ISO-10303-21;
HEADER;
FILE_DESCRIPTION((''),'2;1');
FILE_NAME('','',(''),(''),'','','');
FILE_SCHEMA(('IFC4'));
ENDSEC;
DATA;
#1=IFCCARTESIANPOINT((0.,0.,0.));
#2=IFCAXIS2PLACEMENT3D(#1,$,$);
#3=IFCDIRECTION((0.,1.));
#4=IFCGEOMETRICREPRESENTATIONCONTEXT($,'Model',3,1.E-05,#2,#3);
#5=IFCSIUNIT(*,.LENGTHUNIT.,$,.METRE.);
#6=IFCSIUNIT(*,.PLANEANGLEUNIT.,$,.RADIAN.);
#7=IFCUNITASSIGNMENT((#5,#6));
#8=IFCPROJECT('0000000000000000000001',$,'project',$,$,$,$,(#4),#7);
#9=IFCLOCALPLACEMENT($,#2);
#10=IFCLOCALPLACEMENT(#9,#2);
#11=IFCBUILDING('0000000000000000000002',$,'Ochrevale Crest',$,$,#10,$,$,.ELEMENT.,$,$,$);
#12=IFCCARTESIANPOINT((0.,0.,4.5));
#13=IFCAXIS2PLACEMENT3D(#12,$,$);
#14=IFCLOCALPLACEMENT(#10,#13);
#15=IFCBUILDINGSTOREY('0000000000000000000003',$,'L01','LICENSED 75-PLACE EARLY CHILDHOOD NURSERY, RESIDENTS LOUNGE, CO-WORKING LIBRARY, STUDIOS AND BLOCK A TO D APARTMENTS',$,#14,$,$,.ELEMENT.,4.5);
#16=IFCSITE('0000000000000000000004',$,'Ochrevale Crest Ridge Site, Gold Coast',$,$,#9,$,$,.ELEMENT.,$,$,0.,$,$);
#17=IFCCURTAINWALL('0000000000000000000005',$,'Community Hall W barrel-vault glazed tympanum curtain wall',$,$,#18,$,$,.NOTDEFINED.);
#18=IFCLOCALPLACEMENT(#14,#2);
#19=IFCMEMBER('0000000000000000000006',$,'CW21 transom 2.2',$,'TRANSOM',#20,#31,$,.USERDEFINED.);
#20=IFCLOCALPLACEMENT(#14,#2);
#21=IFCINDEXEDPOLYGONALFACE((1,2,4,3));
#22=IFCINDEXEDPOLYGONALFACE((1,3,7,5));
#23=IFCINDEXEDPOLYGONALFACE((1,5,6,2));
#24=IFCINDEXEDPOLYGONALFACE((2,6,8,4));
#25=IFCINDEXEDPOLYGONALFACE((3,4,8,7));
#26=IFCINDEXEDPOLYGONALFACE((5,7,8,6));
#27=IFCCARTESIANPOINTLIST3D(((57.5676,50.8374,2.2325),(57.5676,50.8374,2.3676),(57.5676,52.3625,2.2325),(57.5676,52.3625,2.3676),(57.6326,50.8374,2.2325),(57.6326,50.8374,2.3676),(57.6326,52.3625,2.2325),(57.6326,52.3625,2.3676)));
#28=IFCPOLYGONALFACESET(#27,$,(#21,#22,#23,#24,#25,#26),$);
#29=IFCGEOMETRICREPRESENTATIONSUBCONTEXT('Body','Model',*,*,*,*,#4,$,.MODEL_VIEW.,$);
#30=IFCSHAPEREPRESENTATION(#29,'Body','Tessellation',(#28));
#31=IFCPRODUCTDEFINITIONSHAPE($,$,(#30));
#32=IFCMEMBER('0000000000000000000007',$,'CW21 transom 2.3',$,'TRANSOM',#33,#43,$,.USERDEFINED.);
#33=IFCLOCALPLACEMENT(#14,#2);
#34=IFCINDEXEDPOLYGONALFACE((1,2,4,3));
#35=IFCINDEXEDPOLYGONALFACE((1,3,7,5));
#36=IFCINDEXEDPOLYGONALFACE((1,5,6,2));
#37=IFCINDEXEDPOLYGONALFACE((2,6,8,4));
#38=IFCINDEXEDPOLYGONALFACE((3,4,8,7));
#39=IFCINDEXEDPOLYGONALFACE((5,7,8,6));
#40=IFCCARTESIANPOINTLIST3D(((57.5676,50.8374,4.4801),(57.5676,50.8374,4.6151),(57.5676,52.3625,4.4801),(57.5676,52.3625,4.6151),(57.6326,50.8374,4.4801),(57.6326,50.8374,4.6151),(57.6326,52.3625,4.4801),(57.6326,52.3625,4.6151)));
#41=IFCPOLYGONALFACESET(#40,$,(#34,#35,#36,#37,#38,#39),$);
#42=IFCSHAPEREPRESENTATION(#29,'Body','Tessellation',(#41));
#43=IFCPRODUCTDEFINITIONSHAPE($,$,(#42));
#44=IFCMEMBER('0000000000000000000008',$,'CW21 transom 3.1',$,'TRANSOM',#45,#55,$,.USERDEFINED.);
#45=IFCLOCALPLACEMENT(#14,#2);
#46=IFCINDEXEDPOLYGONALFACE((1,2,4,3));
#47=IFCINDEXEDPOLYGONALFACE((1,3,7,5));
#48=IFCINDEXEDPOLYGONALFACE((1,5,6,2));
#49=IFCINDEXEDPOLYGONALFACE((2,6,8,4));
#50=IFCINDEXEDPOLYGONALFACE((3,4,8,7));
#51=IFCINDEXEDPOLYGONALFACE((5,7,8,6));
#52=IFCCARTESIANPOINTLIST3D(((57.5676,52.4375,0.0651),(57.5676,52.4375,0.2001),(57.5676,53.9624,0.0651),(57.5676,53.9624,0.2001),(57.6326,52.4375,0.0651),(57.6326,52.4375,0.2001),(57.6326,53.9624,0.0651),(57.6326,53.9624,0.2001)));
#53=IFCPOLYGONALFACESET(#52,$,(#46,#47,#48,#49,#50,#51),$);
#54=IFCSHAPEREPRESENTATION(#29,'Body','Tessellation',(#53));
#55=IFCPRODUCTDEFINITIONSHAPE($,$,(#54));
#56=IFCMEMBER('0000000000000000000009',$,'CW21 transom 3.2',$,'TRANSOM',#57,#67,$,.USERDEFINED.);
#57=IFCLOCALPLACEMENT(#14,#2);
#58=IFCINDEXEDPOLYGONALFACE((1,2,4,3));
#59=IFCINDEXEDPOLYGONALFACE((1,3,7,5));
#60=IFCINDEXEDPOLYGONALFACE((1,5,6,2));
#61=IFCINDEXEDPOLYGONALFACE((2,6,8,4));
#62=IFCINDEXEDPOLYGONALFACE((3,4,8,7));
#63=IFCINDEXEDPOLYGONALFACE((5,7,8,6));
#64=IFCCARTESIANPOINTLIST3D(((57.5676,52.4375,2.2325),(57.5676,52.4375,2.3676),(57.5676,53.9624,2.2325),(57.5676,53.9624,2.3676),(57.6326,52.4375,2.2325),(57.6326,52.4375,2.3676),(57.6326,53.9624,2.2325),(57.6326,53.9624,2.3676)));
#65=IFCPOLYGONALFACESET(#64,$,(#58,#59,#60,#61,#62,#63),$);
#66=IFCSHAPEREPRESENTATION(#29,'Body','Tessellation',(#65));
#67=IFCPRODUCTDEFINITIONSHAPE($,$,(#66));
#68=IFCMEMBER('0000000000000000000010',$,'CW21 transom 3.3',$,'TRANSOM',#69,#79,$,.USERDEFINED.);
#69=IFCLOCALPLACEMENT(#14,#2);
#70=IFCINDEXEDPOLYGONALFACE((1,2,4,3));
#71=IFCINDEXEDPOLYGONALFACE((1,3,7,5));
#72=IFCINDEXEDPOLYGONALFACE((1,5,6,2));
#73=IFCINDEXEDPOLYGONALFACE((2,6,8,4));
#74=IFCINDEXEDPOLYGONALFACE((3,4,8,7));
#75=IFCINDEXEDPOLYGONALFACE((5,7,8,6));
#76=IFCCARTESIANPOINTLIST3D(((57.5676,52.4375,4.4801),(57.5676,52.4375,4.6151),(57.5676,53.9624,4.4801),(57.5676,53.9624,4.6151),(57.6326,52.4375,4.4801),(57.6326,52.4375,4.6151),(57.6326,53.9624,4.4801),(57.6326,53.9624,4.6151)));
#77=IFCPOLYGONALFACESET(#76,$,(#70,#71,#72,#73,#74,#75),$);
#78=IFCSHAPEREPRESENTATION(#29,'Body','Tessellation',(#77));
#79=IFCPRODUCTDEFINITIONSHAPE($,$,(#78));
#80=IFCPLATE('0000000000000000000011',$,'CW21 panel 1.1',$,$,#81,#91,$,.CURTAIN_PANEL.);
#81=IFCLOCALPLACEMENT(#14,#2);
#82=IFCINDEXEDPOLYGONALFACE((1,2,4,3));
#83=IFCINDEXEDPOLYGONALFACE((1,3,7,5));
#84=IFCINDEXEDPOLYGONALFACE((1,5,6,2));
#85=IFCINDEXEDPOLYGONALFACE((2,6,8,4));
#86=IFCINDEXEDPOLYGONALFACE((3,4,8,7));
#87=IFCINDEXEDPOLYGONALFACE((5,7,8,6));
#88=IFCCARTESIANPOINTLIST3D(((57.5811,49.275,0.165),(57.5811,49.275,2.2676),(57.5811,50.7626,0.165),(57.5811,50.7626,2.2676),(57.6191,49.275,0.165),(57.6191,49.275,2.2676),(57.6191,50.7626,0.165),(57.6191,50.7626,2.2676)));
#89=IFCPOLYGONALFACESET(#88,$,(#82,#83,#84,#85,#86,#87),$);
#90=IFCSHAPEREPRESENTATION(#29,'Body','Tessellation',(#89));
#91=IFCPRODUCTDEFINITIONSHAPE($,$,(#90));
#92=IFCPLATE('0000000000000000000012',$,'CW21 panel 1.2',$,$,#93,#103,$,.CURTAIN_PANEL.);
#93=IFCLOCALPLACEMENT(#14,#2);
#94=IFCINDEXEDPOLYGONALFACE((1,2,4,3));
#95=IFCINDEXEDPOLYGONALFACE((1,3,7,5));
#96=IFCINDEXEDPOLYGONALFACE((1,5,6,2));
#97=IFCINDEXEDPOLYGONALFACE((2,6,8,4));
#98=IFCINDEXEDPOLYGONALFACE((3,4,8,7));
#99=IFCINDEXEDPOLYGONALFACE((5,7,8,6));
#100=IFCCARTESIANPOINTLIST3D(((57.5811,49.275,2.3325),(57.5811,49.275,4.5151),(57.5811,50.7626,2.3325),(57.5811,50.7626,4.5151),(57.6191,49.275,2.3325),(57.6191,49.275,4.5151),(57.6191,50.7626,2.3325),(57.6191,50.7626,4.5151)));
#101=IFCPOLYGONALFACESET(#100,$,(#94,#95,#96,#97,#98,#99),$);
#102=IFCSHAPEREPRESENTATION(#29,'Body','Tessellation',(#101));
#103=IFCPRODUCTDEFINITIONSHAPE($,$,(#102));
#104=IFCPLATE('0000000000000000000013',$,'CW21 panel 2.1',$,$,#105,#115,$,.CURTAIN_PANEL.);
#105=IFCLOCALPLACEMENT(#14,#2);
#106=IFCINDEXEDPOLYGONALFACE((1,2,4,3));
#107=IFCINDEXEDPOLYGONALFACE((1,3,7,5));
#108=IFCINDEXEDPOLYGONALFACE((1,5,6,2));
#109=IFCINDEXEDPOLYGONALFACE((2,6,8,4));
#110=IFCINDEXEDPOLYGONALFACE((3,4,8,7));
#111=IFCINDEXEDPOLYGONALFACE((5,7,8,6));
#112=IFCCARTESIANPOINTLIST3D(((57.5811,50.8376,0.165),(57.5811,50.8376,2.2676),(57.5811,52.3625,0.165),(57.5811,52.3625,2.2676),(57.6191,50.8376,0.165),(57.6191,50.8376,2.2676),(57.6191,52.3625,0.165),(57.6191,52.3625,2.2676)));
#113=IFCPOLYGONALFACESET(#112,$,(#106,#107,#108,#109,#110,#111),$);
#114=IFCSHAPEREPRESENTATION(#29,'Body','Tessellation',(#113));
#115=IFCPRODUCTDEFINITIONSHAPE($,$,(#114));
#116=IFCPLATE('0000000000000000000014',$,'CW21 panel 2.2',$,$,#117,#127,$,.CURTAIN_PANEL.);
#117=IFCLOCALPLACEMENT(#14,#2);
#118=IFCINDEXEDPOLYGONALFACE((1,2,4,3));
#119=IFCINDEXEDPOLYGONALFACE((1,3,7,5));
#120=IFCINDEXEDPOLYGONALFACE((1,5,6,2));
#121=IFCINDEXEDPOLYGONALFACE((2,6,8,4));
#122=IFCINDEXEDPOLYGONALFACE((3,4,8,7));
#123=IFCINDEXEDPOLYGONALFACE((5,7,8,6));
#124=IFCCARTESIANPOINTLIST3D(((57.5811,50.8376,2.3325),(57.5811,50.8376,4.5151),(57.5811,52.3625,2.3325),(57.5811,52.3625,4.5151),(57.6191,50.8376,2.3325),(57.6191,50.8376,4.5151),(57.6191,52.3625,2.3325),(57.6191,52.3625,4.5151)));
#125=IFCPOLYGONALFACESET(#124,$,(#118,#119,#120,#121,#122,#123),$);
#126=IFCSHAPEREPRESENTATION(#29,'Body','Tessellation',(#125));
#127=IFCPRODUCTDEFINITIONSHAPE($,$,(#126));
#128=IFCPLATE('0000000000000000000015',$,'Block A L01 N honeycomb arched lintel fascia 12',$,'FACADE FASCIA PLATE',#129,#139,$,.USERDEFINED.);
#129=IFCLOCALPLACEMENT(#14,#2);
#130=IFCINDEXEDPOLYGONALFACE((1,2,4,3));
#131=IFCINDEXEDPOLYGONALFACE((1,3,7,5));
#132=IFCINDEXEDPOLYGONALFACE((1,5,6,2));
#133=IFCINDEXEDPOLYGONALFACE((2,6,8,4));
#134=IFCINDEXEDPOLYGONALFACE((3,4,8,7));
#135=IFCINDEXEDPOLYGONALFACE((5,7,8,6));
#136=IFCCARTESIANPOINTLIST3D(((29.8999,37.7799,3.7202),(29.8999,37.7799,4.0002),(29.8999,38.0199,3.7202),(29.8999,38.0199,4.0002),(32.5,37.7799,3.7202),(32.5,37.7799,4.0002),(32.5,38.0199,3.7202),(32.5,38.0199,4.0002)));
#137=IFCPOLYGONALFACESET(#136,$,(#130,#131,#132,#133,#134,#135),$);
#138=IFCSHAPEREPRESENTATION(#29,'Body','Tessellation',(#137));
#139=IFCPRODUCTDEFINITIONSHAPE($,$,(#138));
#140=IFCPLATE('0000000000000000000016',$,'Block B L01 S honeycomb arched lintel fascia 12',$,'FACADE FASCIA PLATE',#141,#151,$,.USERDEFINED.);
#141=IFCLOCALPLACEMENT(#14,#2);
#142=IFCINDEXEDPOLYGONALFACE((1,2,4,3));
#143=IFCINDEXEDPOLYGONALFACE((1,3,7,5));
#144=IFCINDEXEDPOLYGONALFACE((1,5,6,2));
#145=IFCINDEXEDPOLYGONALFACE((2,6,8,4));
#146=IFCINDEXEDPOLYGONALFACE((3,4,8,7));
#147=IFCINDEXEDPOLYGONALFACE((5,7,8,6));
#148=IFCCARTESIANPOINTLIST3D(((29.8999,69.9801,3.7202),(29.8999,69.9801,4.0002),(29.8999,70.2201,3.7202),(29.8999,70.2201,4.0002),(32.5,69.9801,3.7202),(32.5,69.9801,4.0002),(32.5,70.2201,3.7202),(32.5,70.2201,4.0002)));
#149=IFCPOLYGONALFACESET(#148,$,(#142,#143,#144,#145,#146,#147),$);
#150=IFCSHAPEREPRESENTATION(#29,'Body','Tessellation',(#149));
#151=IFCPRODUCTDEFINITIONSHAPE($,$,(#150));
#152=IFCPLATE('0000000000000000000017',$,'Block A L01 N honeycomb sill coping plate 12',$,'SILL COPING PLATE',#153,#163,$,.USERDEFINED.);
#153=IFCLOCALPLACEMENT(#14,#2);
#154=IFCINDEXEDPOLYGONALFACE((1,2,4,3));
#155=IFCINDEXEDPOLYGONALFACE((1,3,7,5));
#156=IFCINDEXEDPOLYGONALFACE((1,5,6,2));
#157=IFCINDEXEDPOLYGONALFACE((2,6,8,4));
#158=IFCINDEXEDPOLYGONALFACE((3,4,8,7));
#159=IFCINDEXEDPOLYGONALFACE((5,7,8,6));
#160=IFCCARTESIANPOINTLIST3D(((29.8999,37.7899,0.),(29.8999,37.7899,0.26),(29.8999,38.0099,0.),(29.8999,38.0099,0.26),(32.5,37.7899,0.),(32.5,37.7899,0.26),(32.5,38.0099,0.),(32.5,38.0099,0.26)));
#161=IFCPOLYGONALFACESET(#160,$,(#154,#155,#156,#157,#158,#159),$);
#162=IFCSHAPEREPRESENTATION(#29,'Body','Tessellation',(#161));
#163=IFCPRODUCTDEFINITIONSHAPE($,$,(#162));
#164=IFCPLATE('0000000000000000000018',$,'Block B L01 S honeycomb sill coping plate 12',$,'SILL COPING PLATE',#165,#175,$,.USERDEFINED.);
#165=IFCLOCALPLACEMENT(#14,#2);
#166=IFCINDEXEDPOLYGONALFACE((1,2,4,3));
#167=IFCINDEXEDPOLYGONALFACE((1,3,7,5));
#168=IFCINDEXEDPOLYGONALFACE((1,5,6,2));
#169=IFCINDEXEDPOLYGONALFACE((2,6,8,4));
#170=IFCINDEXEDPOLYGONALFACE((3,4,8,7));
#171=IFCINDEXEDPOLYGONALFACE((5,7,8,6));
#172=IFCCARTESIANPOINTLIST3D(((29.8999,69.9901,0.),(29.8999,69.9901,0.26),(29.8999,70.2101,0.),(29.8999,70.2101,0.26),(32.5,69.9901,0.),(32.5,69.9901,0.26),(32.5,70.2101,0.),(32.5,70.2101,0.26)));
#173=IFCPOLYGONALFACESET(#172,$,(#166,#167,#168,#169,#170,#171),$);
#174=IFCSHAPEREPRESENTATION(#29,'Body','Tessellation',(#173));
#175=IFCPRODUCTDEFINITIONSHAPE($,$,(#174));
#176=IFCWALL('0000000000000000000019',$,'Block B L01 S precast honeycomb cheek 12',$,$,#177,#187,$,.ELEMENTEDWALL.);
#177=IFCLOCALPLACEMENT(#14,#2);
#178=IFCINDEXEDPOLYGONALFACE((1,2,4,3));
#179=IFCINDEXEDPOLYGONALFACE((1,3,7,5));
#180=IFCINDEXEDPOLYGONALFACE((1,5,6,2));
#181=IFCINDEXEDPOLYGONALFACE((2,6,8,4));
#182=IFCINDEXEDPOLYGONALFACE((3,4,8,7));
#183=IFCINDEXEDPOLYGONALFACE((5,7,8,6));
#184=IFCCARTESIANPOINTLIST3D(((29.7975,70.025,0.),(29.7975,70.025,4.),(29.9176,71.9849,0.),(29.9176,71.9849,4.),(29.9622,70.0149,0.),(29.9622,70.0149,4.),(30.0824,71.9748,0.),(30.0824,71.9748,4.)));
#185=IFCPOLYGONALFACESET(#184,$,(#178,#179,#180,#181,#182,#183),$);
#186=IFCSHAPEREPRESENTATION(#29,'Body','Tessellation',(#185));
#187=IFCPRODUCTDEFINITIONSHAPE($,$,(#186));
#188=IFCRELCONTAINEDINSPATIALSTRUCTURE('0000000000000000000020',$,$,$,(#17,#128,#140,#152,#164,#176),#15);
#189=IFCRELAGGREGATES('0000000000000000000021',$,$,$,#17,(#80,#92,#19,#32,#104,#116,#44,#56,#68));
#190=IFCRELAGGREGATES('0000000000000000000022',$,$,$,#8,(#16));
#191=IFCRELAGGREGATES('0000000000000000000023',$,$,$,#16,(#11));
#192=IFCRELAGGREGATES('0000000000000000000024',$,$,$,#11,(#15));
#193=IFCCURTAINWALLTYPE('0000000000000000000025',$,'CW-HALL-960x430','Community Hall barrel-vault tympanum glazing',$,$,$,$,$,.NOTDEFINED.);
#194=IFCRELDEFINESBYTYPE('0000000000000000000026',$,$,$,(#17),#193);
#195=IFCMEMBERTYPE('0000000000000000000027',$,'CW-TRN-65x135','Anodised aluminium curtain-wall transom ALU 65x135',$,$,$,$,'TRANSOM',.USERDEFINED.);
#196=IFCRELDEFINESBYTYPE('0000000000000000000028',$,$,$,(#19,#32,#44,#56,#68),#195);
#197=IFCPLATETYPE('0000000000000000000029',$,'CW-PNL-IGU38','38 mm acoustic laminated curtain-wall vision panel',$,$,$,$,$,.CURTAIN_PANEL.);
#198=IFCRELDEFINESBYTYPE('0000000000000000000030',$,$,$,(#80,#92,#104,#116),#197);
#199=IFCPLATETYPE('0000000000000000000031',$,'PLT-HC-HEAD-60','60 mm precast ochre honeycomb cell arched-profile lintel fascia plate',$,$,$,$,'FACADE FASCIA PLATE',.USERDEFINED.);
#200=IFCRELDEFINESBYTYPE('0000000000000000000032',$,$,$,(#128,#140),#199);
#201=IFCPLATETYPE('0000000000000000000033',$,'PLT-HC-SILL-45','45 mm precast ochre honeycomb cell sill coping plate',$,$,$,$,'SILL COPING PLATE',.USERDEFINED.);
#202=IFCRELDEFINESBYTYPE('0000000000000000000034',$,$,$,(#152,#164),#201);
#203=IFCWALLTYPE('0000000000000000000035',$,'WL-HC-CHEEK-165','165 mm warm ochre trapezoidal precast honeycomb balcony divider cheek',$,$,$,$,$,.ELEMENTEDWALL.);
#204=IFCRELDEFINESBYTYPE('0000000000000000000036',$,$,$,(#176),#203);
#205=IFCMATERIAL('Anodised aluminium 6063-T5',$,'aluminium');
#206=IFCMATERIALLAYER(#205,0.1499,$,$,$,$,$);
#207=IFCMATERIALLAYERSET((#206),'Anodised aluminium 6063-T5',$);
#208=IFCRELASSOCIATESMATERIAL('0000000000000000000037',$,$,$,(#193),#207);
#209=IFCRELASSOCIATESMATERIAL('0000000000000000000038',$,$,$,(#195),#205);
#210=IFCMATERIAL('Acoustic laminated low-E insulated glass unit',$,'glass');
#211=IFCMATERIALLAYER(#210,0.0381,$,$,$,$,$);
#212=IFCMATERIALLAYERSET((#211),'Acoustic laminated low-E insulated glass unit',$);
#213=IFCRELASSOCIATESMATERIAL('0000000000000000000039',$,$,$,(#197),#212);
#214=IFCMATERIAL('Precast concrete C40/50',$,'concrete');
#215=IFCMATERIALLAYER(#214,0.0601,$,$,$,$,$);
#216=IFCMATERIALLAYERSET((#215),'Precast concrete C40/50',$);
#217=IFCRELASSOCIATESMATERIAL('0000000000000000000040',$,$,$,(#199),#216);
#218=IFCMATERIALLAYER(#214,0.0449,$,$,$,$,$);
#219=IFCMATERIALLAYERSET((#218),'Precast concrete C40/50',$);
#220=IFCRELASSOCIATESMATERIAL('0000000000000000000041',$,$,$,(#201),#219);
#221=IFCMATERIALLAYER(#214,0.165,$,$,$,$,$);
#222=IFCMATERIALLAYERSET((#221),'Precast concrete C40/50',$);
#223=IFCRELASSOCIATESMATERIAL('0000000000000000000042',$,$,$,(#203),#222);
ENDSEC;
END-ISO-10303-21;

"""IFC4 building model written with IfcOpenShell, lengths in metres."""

from ifc_helpers import new_model, si_unit, direction, frame, frame_2d, origin, origin_2d, place, context, subcontext, project, spatial, rectangle, extrude, material, layer, layer_set, material_profile, profile_set, type_object, element, aggregate, save


model = new_model("IFC4")

# Units and contexts
model_context = context("Model", 3, precision=1e-05, world=origin(), true_north=direction((0.0, 1.0)))
body_context = subcontext(model_context, "Body", "Model", "MODEL_VIEW")
ifc_project = project(units=[si_unit("LENGTHUNIT", "METRE"), si_unit("PLANEANGLEUNIT", "RADIAN")], contexts=[model_context])

# Site, building, storey
site_placement = place(None, origin())
site = spatial("IfcSite", under=ifc_project, at=site_placement, Name="Ochrevale Crest Ridge Site, Gold Coast", CompositionType="ELEMENT", RefElevation=0.0)
building_placement = place(site_placement, origin())
building = spatial("IfcBuilding", under=site, at=building_placement, Name="Ochrevale Crest", CompositionType="ELEMENT")
storey_placement = place(building_placement, frame((0.0, 0.0, 4.5)))
storey = spatial("IfcBuildingStorey", under=building, at=storey_placement, Name="L01", Description="LICENSED 75-PLACE EARLY CHILDHOOD NURSERY, RESIDENTS LOUNGE, CO-WORKING LIBRARY, STUDIOS AND BLOCK A TO D APARTMENTS", CompositionType="ELEMENT", Elevation=4.5)

# Shared definitions
ifc_material_1 = material(Name="Anodised aluminium 6063-T5", Category="aluminium")

# Curtain wall
ifc_layer_1 = layer(ifc_material_1, 0.1499)
ifc_layer_set_1 = layer_set([ifc_layer_1], Name="Anodised aluminium 6063-T5")
curtain_wall_type_1 = type_object("IfcCurtainWallType", Name="CW-HALL-960x430", Description="Community Hall barrel-vault tympanum glazing", PredefinedType="NOTDEFINED", material=ifc_layer_set_1)
curtain_wall_1_placement = place(storey_placement, origin())
curtain_wall_1 = element("IfcCurtainWall", 1, at=curtain_wall_1_placement, inside=storey, type_object=curtain_wall_type_1, Name="Community Hall W barrel-vault glazed tympanum curtain wall", PredefinedType="NOTDEFINED")

# Members
ifc_material_profile_1 = material_profile(ifc_material_1, rectangle(XDim=0.0649, YDim=0.135, at=origin_2d()), Name="ALU 65x135")
ifc_profile_set_1 = profile_set([ifc_material_profile_1], Name="Anodised aluminium 6063-T5")
member_type_1 = type_object("IfcMemberType", Name="CW-TRN-65x135", Description="Anodised aluminium curtain-wall transom ALU 65x135", ElementType="TRANSOM", PredefinedType="USERDEFINED", material=ifc_profile_set_1)
member_1_placement = place(storey_placement, frame((57.6001, 50.8374, 2.3), z_axis=(0.0, 1.0, 0.0), x_axis=(-1.0, 0.0, 0.0)))
member_1 = element("IfcMember", 2, at=member_1_placement, type_object=member_type_1, Name="CW21 transom 2.2", ObjectType="TRANSOM", PredefinedType="USERDEFINED", context=body_context, shape_type="SweptSolid", body=[
    extrude(rectangle(XDim=0.0649, YDim=0.135, at=origin_2d()), origin(), (0.0, 0.0, 1.0), 1.5251),
])
member_2_placement = place(storey_placement, frame((57.6001, 50.8374, 4.5476), z_axis=(0.0, 1.0, 0.0), x_axis=(-1.0, 0.0, 0.0)))
member_2 = element("IfcMember", 3, at=member_2_placement, type_object=member_type_1, Name="CW21 transom 2.3", ObjectType="TRANSOM", PredefinedType="USERDEFINED", context=body_context, shape_type="SweptSolid", body=[
    extrude(rectangle(XDim=0.0649, YDim=0.135, at=origin_2d()), origin(), (0.0, 0.0, 1.0), 1.5251),
])
member_3_placement = place(storey_placement, frame((57.6001, 52.4375, 0.1326), z_axis=(0.0, 1.0, 0.0), x_axis=(-1.0, 0.0, 0.0)))
member_3 = element("IfcMember", 4, at=member_3_placement, type_object=member_type_1, Name="CW21 transom 3.1", ObjectType="TRANSOM", PredefinedType="USERDEFINED", context=body_context, shape_type="SweptSolid", body=[
    extrude(rectangle(XDim=0.0649, YDim=0.135, at=origin_2d()), origin(), (0.0, 0.0, 1.0), 1.5249),
])
member_4_placement = place(storey_placement, frame((57.6001, 52.4375, 2.3), z_axis=(0.0, 1.0, 0.0), x_axis=(-1.0, 0.0, 0.0)))
member_4 = element("IfcMember", 5, at=member_4_placement, type_object=member_type_1, Name="CW21 transom 3.2", ObjectType="TRANSOM", PredefinedType="USERDEFINED", context=body_context, shape_type="SweptSolid", body=[
    extrude(rectangle(XDim=0.0649, YDim=0.135, at=origin_2d()), origin(), (0.0, 0.0, 1.0), 1.5249),
])
member_5_placement = place(storey_placement, frame((57.6001, 52.4375, 4.5476), z_axis=(0.0, 1.0, 0.0), x_axis=(-1.0, 0.0, 0.0)))
member_5 = element("IfcMember", 6, at=member_5_placement, type_object=member_type_1, Name="CW21 transom 3.3", ObjectType="TRANSOM", PredefinedType="USERDEFINED", context=body_context, shape_type="SweptSolid", body=[
    extrude(rectangle(XDim=0.0649, YDim=0.135, at=origin_2d()), origin(), (0.0, 0.0, 1.0), 1.5249),
])

# Plates
ifc_material_2 = material(Name="Acoustic laminated low-E insulated glass unit", Category="glass")
ifc_layer_2 = layer(ifc_material_2, 0.0381)
ifc_layer_set_2 = layer_set([ifc_layer_2], Name="Acoustic laminated low-E insulated glass unit")
plate_type_1 = type_object("IfcPlateType", Name="CW-PNL-IGU38", Description="38 mm acoustic laminated curtain-wall vision panel", PredefinedType="CURTAIN_PANEL", material=ifc_layer_set_2)
plate_1_placement = place(storey_placement, frame((57.6001, 50.0188, 0.165), z_axis=(0.0, 0.0, 1.0), x_axis=(0.0, 1.0, 0.0)))
plate_1 = element("IfcPlate", 7, at=plate_1_placement, type_object=plate_type_1, Name="CW21 panel 1.1", PredefinedType="CURTAIN_PANEL", context=body_context, shape_type="SweptSolid", body=[
    extrude(rectangle(XDim=1.4875, YDim=0.0381, at=origin_2d()), origin(), (0.0, 0.0, 1.0), 2.1025),
])
plate_2_placement = place(storey_placement, frame((57.6001, 50.0188, 2.3325), z_axis=(0.0, 0.0, 1.0), x_axis=(0.0, 1.0, 0.0)))
plate_2 = element("IfcPlate", 8, at=plate_2_placement, type_object=plate_type_1, Name="CW21 panel 1.2", PredefinedType="CURTAIN_PANEL", context=body_context, shape_type="SweptSolid", body=[
    extrude(rectangle(XDim=1.4875, YDim=0.0381, at=origin_2d()), origin(), (0.0, 0.0, 1.0), 2.1826),
])
plate_3_placement = place(storey_placement, frame((57.6001, 51.6001, 0.165), z_axis=(0.0, 0.0, 1.0), x_axis=(0.0, 1.0, 0.0)))
plate_3 = element("IfcPlate", 9, at=plate_3_placement, type_object=plate_type_1, Name="CW21 panel 2.1", PredefinedType="CURTAIN_PANEL", context=body_context, shape_type="SweptSolid", body=[
    extrude(rectangle(XDim=1.5249, YDim=0.0381, at=origin_2d()), origin(), (0.0, 0.0, 1.0), 2.1025),
])
plate_4_placement = place(storey_placement, frame((57.6001, 51.6001, 2.3325), z_axis=(0.0, 0.0, 1.0), x_axis=(0.0, 1.0, 0.0)))
plate_4 = element("IfcPlate", 10, at=plate_4_placement, type_object=plate_type_1, Name="CW21 panel 2.2", PredefinedType="CURTAIN_PANEL", context=body_context, shape_type="SweptSolid", body=[
    extrude(rectangle(XDim=1.5249, YDim=0.0381, at=origin_2d()), origin(), (0.0, 0.0, 1.0), 2.1826),
])
aggregate(curtain_wall_1, [plate_1, plate_2, member_1, member_2, plate_3, plate_4, member_3, member_4, member_5])

# Plates
ifc_material_3 = material(Name="Precast concrete C40/50", Category="concrete")
ifc_layer_3 = layer(ifc_material_3, 0.0601)
ifc_layer_set_3 = layer_set([ifc_layer_3], Name="Precast concrete C40/50")
plate_type_2 = type_object("IfcPlateType", Name="PLT-HC-HEAD-60", Description="60 mm precast ochre honeycomb cell arched-profile lintel fascia plate", ElementType="FACADE FASCIA PLATE", PredefinedType="USERDEFINED", material=ifc_layer_set_3)
for number, where, z_axis, x_axis, name in (
    (11, (31.2, 37.8999, 3.7202), (0.0, 0.0, 1.0), (1.0, 0.0, 0.0), "Block A L01 N honeycomb arched lintel fascia 12"),
    (12, (31.2, 70.1001, 3.7202), (0.0, 0.0, 1.0), (1.0, 0.0, 0.0), "Block B L01 S honeycomb arched lintel fascia 12"),
):
    element("IfcPlate", number, at=place(storey_placement, frame(where, z_axis=z_axis, x_axis=x_axis)), inside=storey, type_object=plate_type_2, Name=name, ObjectType="FACADE FASCIA PLATE", PredefinedType="USERDEFINED", context=body_context, shape_type="SweptSolid", body=[
        extrude(rectangle(XDim=2.6001, YDim=0.24, at=origin_2d()), origin(), (0.0, 0.0, 1.0), 0.28),
    ])
ifc_layer_4 = layer(ifc_material_3, 0.0449)
ifc_layer_set_4 = layer_set([ifc_layer_4], Name="Precast concrete C40/50")
plate_type_3 = type_object("IfcPlateType", Name="PLT-HC-SILL-45", Description="45 mm precast ochre honeycomb cell sill coping plate", ElementType="SILL COPING PLATE", PredefinedType="USERDEFINED", material=ifc_layer_set_4)
for number, where, z_axis, x_axis, name in (
    (13, (31.2, 37.8999, 0.0), (0.0, 0.0, 1.0), (1.0, 0.0, 0.0), "Block A L01 N honeycomb sill coping plate 12"),
    (14, (31.2, 70.1001, 0.0), (0.0, 0.0, 1.0), (1.0, 0.0, 0.0), "Block B L01 S honeycomb sill coping plate 12"),
):
    element("IfcPlate", number, at=place(storey_placement, frame(where, z_axis=z_axis, x_axis=x_axis)), inside=storey, type_object=plate_type_3, Name=name, ObjectType="SILL COPING PLATE", PredefinedType="USERDEFINED", context=body_context, shape_type="SweptSolid", body=[
        extrude(rectangle(XDim=2.6001, YDim=0.22, at=origin_2d()), origin(), (0.0, 0.0, 1.0), 0.26),
    ])

# Wall
ifc_layer_5 = layer(ifc_material_3, 0.165)
ifc_layer_set_5 = layer_set([ifc_layer_5], Name="Precast concrete C40/50")
wall_type = type_object("IfcWallType", Name="WL-HC-CHEEK-165", Description="165 mm warm ochre trapezoidal precast honeycomb balcony divider cheek", PredefinedType="ELEMENTEDWALL", material=ifc_layer_set_5)
wall_1_placement = place(storey_placement, frame((30.0, 71.98, 0.0), z_axis=(0.0, 0.0, 1.0), x_axis=(-0.061171, -0.998127, 0.0)))
element("IfcWall", 15, at=wall_1_placement, inside=storey, type_object=wall_type, Name="Block B L01 S precast honeycomb cheek 12", PredefinedType="ELEMENTEDWALL", context=body_context, shape_type="SweptSolid", body=[
    extrude(rectangle(XDim=1.9636, YDim=0.165, at=frame_2d((0.9819, 0.0))), origin(), (0.0, 0.0, 1.0), 4.0),
])

save(model, "model.ifc")
